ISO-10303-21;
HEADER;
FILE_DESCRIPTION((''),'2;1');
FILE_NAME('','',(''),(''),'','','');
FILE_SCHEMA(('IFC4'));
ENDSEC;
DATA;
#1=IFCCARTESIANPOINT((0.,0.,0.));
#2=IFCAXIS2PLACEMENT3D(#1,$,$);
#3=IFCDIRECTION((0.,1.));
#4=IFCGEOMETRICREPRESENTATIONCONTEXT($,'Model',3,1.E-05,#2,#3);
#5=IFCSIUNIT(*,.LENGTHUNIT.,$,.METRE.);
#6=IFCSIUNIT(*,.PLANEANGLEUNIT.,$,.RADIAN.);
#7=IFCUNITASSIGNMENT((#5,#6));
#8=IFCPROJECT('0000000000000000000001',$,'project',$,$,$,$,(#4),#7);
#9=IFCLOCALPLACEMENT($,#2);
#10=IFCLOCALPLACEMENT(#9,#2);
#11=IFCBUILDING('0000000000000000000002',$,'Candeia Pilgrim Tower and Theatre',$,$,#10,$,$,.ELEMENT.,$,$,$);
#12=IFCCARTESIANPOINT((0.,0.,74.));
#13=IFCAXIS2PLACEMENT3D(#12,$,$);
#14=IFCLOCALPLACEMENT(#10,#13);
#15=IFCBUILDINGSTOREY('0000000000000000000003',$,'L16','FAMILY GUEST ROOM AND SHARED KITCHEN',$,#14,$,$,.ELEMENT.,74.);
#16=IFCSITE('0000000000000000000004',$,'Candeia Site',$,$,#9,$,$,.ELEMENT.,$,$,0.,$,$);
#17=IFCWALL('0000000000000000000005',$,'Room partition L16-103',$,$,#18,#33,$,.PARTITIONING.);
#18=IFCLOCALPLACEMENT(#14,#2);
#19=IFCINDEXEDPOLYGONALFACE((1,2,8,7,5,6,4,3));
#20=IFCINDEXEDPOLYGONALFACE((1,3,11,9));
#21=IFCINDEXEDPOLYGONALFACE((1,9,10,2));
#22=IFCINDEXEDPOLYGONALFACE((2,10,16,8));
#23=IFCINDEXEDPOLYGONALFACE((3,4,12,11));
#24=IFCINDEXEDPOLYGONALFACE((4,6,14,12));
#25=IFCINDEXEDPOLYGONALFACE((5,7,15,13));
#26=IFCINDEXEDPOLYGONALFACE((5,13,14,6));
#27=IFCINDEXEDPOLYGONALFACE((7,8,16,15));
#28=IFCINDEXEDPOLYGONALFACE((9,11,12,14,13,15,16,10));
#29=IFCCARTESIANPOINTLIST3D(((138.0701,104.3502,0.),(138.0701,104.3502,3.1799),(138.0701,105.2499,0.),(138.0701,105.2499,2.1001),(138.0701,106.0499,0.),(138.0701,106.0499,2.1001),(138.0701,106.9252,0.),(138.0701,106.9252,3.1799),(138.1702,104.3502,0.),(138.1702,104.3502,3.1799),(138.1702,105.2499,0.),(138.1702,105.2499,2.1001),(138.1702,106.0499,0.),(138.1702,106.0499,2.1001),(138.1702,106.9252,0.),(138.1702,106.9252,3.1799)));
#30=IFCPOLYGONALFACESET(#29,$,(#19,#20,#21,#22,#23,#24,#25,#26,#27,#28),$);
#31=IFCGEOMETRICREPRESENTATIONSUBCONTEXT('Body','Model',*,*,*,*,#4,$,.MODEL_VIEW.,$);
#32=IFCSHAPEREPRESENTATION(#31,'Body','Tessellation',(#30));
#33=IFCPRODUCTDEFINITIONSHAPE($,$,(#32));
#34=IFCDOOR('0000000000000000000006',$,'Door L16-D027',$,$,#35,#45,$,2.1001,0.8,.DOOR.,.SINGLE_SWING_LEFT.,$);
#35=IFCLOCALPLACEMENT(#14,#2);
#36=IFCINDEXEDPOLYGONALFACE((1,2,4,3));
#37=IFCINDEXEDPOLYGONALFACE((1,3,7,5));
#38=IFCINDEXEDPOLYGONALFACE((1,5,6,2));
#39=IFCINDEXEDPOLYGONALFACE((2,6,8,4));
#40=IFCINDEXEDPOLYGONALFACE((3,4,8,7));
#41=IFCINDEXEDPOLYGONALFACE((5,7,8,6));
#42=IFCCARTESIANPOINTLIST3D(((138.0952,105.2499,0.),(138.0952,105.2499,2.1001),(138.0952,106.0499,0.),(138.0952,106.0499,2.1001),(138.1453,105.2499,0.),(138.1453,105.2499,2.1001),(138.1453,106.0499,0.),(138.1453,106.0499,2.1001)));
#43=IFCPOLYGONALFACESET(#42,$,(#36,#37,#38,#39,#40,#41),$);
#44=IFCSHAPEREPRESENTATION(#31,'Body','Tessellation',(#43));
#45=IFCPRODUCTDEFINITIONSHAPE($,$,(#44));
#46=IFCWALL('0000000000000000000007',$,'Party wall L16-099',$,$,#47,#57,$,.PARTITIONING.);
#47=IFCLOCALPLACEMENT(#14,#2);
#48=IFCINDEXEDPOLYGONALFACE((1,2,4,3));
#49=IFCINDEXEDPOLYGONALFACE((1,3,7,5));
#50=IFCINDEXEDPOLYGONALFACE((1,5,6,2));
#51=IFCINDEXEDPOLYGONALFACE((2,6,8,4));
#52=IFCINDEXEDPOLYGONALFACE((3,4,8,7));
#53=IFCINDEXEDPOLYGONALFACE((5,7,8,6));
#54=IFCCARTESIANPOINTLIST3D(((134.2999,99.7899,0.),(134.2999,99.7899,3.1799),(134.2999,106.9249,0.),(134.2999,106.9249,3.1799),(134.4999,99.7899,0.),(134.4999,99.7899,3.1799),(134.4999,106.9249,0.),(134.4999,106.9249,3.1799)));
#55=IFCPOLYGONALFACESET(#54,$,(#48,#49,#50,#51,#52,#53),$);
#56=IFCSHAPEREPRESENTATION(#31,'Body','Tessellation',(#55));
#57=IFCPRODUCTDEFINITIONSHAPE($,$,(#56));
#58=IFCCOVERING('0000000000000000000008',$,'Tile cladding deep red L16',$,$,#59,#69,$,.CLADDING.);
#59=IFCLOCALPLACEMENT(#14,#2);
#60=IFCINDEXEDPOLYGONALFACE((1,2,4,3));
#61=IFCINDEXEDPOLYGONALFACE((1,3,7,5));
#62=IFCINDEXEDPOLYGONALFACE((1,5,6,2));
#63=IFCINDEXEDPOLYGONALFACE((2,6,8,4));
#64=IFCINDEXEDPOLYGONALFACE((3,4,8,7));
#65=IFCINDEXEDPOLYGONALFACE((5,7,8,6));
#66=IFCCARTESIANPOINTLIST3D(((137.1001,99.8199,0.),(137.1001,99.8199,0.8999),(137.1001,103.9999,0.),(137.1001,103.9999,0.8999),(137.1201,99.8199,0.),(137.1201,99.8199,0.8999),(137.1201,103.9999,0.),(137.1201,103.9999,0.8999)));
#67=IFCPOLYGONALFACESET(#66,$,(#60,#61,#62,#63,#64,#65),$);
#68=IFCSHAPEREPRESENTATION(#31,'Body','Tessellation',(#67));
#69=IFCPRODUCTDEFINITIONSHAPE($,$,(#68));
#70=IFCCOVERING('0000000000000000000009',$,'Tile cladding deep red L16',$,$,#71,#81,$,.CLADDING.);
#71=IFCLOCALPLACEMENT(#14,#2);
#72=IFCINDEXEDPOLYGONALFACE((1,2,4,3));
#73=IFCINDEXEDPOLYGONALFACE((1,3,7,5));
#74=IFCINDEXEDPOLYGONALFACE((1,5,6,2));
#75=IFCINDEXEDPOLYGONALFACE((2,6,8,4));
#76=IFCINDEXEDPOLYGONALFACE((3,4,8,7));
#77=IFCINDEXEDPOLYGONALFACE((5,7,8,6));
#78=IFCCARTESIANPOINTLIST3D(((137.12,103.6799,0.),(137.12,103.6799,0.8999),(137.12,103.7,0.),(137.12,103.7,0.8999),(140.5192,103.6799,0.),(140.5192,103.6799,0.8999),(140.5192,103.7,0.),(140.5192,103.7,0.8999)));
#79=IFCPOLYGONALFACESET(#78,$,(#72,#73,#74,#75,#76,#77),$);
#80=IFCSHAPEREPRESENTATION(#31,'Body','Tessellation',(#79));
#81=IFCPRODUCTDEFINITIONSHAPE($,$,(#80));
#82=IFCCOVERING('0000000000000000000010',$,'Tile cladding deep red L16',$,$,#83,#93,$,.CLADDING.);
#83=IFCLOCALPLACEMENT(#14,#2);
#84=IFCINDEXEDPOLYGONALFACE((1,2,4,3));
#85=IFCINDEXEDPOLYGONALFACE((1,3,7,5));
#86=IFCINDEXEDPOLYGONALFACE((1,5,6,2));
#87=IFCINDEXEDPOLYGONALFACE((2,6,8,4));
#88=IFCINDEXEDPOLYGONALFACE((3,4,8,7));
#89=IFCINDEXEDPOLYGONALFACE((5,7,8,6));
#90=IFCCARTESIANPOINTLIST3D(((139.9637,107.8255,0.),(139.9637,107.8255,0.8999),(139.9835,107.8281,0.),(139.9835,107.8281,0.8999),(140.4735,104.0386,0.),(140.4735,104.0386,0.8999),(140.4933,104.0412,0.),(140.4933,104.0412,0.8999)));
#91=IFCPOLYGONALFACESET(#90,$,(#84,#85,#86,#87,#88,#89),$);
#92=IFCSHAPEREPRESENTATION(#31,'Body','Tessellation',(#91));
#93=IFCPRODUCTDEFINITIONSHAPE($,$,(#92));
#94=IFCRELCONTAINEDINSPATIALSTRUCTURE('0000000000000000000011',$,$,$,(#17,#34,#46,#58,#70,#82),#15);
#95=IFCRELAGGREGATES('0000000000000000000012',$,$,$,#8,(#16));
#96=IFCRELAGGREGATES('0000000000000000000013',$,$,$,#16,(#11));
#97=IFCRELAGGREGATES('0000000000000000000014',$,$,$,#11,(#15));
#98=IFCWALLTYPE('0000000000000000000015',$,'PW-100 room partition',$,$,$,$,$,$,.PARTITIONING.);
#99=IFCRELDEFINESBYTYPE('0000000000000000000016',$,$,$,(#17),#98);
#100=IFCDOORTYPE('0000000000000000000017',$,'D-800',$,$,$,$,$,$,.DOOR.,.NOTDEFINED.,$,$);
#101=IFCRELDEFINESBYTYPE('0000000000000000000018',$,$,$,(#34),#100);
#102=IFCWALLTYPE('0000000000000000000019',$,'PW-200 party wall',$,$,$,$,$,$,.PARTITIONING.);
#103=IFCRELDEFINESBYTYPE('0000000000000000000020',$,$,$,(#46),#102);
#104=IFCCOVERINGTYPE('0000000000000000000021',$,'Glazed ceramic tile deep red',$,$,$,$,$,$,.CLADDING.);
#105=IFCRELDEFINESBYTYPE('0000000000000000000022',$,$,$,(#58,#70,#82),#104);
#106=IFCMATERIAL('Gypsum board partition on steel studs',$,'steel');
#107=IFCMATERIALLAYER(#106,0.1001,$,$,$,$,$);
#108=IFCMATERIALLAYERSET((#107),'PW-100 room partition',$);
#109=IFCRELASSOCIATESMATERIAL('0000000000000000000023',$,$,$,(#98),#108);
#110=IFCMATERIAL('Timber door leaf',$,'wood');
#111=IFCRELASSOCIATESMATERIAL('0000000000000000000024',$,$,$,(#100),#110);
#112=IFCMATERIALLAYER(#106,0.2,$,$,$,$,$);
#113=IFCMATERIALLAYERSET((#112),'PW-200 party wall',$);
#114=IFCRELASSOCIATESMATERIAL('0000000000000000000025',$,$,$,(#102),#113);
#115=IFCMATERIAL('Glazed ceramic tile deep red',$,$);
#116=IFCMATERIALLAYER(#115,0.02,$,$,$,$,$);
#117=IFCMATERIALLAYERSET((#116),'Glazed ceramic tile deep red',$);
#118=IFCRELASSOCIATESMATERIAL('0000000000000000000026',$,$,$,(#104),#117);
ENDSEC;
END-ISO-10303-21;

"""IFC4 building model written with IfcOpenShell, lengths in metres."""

from ifc_helpers import new_model, si_unit, direction, frame, frame_2d, origin, origin_2d, place, context, subcontext, project, spatial, rectangle, extrude, material, layer, layer_set, type_object, element, fill, save


model = new_model("IFC4")

# Units and contexts
model_context = context("Model", 3, precision=1e-05, world=origin(), true_north=direction((0.0, 1.0)))
body_context = subcontext(model_context, "Body", "Model", "MODEL_VIEW")
ifc_project = project(units=[si_unit("LENGTHUNIT", "METRE"), si_unit("PLANEANGLEUNIT", "RADIAN")], contexts=[model_context])

# Site, building, storey
site_placement = place(None, origin())
site = spatial("IfcSite", under=ifc_project, at=site_placement, Name="Candeia Site", CompositionType="ELEMENT", RefElevation=0.0)
building_placement = place(site_placement, origin())
building = spatial("IfcBuilding", under=site, at=building_placement, Name="Candeia Pilgrim Tower and Theatre", CompositionType="ELEMENT")
storey_placement = place(building_placement, frame((0.0, 0.0, 74.0)))
storey = spatial("IfcBuildingStorey", under=building, at=storey_placement, Name="L16", Description="FAMILY GUEST ROOM AND SHARED KITCHEN", CompositionType="ELEMENT", Elevation=74.0)

# Shared definitions
ifc_material_1 = material(Name="Gypsum board partition on steel studs", Category="steel")
ifc_layer_1 = layer(ifc_material_1, 0.1001)
ifc_layer_set_1 = layer_set([ifc_layer_1], Name="PW-100 room partition")
wall_type_1 = type_object("IfcWallType", Name="PW-100 room partition", PredefinedType="PARTITIONING", material=ifc_layer_set_1)

# Wall, opening, door
wall_1_placement = place(storey_placement, frame((138.1201, 104.3501, 0.0), z_axis=(0.0, 0.0, 1.0), x_axis=(0.0, 1.0, 0.0)))
wall_1 = element("IfcWall", 1, at=wall_1_placement, inside=storey, type_object=wall_type_1, Name="Room partition L16-103", PredefinedType="PARTITIONING", context=body_context, shape_type="SweptSolid", body=[
    extrude(rectangle(XDim=2.575, YDim=0.1001, at=frame_2d((1.2876, 0.0))), origin(), (0.0, 0.0, 1.0), 3.1799),
])
opening_1_placement = place(wall_1_placement, frame((0.8999, 0.0, 0.0)))
opening_1 = element("IfcOpeningElement", 2, at=opening_1_placement, cuts=wall_1, PredefinedType="OPENING", context=body_context, shape_type="SweptSolid", body=[
    extrude(rectangle(XDim=0.8, YDim=2.1001, at=frame_2d((0.3999, 1.05))), frame((0.0, 0.0601, 0.0), z_axis=(0.0, -1.0, 0.0), x_axis=(1.0, 0.0, 0.0)), (0.0, 0.0, 1.0), 0.1201),
])
ifc_material_2 = material(Name="Timber door leaf", Category="wood")
door_type_1 = type_object("IfcDoorType", Name="D-800", OperationType="NOTDEFINED", PredefinedType="DOOR", material=ifc_material_2)
door_1_placement = place(opening_1_placement, origin())
door_1 = element("IfcDoor", 3, at=door_1_placement, inside=storey, type_object=door_type_1, Name="Door L16-D027", OperationType="SINGLE_SWING_LEFT", OverallHeight=2.1001, OverallWidth=0.8, PredefinedType="DOOR", context=body_context, shape_type="SweptSolid", body=[
    extrude(rectangle(XDim=0.8, YDim=2.1001, at=frame_2d((0.3999, 1.05))), frame((0.0, 0.0249, 0.0), z_axis=(0.0, -1.0, 0.0), x_axis=(1.0, 0.0, 0.0)), (0.0, 0.0, 1.0), 0.05),
])
fill(opening_1, door_1)

# Wall
ifc_layer_2 = layer(ifc_material_1, 0.2)
ifc_layer_set_2 = layer_set([ifc_layer_2], Name="PW-200 party wall")
wall_type_2 = type_object("IfcWallType", Name="PW-200 party wall", PredefinedType="PARTITIONING", material=ifc_layer_set_2)
wall_2_placement = place(storey_placement, frame((134.3999, 99.79, 0.0), z_axis=(0.0, 0.0, 1.0), x_axis=(0.0, 1.0, 0.0)))
element("IfcWall", 4, at=wall_2_placement, inside=storey, type_object=wall_type_2, Name="Party wall L16-099", PredefinedType="PARTITIONING", context=body_context, shape_type="SweptSolid", body=[
    extrude(rectangle(XDim=7.135, YDim=0.2, at=frame_2d((3.5674, 0.0))), origin(), (0.0, 0.0, 1.0), 3.1799),
])

# Coverings
ifc_material_3 = material(Name="Glazed ceramic tile deep red")
ifc_layer_3 = layer(ifc_material_3, 0.02)
ifc_layer_set_3 = layer_set([ifc_layer_3], Name="Glazed ceramic tile deep red")
covering_type = type_object("IfcCoveringType", Name="Glazed ceramic tile deep red", PredefinedType="CLADDING", material=ifc_layer_set_3)
covering_1_placement = place(storey_placement, frame((137.1101, 101.9099, 0.0), z_axis=(0.0, 0.0, 1.0), x_axis=(0.0, 1.0, 0.0)))
element("IfcCovering", 5, at=covering_1_placement, inside=storey, type_object=covering_type, Name="Tile cladding deep red L16", PredefinedType="CLADDING", context=body_context, shape_type="SweptSolid", body=[
    extrude(rectangle(XDim=4.1799, YDim=0.02, at=origin_2d()), origin(), (0.0, 0.0, 1.0), 0.8999),
])
covering_2_placement = place(storey_placement, frame((138.8196, 103.6899, 0.0), z_axis=(0.0, 0.0, 1.0), x_axis=(1.0, 0.0, 0.0)))
element("IfcCovering", 6, at=covering_2_placement, inside=storey, type_object=covering_type, Name="Tile cladding deep red L16", PredefinedType="CLADDING", context=body_context, shape_type="SweptSolid", body=[
    extrude(rectangle(XDim=3.3992, YDim=0.02, at=origin_2d()), origin(), (0.0, 0.0, 1.0), 0.8999),
])
covering_3_placement = place(storey_placement, frame((140.2285, 105.9333, 0.0), z_axis=(0.0, 0.0, 1.0), x_axis=(-0.133412, 0.991061, 0.0)))
element("IfcCovering", 7, at=covering_3_placement, inside=storey, type_object=covering_type, Name="Tile cladding deep red L16", PredefinedType="CLADDING", context=body_context, shape_type="SweptSolid", body=[
    extrude(rectangle(XDim=3.821, YDim=0.02, at=origin_2d()), origin(), (0.0, 0.0, 1.0), 0.8999),
])

save(model, "model.ifc")
